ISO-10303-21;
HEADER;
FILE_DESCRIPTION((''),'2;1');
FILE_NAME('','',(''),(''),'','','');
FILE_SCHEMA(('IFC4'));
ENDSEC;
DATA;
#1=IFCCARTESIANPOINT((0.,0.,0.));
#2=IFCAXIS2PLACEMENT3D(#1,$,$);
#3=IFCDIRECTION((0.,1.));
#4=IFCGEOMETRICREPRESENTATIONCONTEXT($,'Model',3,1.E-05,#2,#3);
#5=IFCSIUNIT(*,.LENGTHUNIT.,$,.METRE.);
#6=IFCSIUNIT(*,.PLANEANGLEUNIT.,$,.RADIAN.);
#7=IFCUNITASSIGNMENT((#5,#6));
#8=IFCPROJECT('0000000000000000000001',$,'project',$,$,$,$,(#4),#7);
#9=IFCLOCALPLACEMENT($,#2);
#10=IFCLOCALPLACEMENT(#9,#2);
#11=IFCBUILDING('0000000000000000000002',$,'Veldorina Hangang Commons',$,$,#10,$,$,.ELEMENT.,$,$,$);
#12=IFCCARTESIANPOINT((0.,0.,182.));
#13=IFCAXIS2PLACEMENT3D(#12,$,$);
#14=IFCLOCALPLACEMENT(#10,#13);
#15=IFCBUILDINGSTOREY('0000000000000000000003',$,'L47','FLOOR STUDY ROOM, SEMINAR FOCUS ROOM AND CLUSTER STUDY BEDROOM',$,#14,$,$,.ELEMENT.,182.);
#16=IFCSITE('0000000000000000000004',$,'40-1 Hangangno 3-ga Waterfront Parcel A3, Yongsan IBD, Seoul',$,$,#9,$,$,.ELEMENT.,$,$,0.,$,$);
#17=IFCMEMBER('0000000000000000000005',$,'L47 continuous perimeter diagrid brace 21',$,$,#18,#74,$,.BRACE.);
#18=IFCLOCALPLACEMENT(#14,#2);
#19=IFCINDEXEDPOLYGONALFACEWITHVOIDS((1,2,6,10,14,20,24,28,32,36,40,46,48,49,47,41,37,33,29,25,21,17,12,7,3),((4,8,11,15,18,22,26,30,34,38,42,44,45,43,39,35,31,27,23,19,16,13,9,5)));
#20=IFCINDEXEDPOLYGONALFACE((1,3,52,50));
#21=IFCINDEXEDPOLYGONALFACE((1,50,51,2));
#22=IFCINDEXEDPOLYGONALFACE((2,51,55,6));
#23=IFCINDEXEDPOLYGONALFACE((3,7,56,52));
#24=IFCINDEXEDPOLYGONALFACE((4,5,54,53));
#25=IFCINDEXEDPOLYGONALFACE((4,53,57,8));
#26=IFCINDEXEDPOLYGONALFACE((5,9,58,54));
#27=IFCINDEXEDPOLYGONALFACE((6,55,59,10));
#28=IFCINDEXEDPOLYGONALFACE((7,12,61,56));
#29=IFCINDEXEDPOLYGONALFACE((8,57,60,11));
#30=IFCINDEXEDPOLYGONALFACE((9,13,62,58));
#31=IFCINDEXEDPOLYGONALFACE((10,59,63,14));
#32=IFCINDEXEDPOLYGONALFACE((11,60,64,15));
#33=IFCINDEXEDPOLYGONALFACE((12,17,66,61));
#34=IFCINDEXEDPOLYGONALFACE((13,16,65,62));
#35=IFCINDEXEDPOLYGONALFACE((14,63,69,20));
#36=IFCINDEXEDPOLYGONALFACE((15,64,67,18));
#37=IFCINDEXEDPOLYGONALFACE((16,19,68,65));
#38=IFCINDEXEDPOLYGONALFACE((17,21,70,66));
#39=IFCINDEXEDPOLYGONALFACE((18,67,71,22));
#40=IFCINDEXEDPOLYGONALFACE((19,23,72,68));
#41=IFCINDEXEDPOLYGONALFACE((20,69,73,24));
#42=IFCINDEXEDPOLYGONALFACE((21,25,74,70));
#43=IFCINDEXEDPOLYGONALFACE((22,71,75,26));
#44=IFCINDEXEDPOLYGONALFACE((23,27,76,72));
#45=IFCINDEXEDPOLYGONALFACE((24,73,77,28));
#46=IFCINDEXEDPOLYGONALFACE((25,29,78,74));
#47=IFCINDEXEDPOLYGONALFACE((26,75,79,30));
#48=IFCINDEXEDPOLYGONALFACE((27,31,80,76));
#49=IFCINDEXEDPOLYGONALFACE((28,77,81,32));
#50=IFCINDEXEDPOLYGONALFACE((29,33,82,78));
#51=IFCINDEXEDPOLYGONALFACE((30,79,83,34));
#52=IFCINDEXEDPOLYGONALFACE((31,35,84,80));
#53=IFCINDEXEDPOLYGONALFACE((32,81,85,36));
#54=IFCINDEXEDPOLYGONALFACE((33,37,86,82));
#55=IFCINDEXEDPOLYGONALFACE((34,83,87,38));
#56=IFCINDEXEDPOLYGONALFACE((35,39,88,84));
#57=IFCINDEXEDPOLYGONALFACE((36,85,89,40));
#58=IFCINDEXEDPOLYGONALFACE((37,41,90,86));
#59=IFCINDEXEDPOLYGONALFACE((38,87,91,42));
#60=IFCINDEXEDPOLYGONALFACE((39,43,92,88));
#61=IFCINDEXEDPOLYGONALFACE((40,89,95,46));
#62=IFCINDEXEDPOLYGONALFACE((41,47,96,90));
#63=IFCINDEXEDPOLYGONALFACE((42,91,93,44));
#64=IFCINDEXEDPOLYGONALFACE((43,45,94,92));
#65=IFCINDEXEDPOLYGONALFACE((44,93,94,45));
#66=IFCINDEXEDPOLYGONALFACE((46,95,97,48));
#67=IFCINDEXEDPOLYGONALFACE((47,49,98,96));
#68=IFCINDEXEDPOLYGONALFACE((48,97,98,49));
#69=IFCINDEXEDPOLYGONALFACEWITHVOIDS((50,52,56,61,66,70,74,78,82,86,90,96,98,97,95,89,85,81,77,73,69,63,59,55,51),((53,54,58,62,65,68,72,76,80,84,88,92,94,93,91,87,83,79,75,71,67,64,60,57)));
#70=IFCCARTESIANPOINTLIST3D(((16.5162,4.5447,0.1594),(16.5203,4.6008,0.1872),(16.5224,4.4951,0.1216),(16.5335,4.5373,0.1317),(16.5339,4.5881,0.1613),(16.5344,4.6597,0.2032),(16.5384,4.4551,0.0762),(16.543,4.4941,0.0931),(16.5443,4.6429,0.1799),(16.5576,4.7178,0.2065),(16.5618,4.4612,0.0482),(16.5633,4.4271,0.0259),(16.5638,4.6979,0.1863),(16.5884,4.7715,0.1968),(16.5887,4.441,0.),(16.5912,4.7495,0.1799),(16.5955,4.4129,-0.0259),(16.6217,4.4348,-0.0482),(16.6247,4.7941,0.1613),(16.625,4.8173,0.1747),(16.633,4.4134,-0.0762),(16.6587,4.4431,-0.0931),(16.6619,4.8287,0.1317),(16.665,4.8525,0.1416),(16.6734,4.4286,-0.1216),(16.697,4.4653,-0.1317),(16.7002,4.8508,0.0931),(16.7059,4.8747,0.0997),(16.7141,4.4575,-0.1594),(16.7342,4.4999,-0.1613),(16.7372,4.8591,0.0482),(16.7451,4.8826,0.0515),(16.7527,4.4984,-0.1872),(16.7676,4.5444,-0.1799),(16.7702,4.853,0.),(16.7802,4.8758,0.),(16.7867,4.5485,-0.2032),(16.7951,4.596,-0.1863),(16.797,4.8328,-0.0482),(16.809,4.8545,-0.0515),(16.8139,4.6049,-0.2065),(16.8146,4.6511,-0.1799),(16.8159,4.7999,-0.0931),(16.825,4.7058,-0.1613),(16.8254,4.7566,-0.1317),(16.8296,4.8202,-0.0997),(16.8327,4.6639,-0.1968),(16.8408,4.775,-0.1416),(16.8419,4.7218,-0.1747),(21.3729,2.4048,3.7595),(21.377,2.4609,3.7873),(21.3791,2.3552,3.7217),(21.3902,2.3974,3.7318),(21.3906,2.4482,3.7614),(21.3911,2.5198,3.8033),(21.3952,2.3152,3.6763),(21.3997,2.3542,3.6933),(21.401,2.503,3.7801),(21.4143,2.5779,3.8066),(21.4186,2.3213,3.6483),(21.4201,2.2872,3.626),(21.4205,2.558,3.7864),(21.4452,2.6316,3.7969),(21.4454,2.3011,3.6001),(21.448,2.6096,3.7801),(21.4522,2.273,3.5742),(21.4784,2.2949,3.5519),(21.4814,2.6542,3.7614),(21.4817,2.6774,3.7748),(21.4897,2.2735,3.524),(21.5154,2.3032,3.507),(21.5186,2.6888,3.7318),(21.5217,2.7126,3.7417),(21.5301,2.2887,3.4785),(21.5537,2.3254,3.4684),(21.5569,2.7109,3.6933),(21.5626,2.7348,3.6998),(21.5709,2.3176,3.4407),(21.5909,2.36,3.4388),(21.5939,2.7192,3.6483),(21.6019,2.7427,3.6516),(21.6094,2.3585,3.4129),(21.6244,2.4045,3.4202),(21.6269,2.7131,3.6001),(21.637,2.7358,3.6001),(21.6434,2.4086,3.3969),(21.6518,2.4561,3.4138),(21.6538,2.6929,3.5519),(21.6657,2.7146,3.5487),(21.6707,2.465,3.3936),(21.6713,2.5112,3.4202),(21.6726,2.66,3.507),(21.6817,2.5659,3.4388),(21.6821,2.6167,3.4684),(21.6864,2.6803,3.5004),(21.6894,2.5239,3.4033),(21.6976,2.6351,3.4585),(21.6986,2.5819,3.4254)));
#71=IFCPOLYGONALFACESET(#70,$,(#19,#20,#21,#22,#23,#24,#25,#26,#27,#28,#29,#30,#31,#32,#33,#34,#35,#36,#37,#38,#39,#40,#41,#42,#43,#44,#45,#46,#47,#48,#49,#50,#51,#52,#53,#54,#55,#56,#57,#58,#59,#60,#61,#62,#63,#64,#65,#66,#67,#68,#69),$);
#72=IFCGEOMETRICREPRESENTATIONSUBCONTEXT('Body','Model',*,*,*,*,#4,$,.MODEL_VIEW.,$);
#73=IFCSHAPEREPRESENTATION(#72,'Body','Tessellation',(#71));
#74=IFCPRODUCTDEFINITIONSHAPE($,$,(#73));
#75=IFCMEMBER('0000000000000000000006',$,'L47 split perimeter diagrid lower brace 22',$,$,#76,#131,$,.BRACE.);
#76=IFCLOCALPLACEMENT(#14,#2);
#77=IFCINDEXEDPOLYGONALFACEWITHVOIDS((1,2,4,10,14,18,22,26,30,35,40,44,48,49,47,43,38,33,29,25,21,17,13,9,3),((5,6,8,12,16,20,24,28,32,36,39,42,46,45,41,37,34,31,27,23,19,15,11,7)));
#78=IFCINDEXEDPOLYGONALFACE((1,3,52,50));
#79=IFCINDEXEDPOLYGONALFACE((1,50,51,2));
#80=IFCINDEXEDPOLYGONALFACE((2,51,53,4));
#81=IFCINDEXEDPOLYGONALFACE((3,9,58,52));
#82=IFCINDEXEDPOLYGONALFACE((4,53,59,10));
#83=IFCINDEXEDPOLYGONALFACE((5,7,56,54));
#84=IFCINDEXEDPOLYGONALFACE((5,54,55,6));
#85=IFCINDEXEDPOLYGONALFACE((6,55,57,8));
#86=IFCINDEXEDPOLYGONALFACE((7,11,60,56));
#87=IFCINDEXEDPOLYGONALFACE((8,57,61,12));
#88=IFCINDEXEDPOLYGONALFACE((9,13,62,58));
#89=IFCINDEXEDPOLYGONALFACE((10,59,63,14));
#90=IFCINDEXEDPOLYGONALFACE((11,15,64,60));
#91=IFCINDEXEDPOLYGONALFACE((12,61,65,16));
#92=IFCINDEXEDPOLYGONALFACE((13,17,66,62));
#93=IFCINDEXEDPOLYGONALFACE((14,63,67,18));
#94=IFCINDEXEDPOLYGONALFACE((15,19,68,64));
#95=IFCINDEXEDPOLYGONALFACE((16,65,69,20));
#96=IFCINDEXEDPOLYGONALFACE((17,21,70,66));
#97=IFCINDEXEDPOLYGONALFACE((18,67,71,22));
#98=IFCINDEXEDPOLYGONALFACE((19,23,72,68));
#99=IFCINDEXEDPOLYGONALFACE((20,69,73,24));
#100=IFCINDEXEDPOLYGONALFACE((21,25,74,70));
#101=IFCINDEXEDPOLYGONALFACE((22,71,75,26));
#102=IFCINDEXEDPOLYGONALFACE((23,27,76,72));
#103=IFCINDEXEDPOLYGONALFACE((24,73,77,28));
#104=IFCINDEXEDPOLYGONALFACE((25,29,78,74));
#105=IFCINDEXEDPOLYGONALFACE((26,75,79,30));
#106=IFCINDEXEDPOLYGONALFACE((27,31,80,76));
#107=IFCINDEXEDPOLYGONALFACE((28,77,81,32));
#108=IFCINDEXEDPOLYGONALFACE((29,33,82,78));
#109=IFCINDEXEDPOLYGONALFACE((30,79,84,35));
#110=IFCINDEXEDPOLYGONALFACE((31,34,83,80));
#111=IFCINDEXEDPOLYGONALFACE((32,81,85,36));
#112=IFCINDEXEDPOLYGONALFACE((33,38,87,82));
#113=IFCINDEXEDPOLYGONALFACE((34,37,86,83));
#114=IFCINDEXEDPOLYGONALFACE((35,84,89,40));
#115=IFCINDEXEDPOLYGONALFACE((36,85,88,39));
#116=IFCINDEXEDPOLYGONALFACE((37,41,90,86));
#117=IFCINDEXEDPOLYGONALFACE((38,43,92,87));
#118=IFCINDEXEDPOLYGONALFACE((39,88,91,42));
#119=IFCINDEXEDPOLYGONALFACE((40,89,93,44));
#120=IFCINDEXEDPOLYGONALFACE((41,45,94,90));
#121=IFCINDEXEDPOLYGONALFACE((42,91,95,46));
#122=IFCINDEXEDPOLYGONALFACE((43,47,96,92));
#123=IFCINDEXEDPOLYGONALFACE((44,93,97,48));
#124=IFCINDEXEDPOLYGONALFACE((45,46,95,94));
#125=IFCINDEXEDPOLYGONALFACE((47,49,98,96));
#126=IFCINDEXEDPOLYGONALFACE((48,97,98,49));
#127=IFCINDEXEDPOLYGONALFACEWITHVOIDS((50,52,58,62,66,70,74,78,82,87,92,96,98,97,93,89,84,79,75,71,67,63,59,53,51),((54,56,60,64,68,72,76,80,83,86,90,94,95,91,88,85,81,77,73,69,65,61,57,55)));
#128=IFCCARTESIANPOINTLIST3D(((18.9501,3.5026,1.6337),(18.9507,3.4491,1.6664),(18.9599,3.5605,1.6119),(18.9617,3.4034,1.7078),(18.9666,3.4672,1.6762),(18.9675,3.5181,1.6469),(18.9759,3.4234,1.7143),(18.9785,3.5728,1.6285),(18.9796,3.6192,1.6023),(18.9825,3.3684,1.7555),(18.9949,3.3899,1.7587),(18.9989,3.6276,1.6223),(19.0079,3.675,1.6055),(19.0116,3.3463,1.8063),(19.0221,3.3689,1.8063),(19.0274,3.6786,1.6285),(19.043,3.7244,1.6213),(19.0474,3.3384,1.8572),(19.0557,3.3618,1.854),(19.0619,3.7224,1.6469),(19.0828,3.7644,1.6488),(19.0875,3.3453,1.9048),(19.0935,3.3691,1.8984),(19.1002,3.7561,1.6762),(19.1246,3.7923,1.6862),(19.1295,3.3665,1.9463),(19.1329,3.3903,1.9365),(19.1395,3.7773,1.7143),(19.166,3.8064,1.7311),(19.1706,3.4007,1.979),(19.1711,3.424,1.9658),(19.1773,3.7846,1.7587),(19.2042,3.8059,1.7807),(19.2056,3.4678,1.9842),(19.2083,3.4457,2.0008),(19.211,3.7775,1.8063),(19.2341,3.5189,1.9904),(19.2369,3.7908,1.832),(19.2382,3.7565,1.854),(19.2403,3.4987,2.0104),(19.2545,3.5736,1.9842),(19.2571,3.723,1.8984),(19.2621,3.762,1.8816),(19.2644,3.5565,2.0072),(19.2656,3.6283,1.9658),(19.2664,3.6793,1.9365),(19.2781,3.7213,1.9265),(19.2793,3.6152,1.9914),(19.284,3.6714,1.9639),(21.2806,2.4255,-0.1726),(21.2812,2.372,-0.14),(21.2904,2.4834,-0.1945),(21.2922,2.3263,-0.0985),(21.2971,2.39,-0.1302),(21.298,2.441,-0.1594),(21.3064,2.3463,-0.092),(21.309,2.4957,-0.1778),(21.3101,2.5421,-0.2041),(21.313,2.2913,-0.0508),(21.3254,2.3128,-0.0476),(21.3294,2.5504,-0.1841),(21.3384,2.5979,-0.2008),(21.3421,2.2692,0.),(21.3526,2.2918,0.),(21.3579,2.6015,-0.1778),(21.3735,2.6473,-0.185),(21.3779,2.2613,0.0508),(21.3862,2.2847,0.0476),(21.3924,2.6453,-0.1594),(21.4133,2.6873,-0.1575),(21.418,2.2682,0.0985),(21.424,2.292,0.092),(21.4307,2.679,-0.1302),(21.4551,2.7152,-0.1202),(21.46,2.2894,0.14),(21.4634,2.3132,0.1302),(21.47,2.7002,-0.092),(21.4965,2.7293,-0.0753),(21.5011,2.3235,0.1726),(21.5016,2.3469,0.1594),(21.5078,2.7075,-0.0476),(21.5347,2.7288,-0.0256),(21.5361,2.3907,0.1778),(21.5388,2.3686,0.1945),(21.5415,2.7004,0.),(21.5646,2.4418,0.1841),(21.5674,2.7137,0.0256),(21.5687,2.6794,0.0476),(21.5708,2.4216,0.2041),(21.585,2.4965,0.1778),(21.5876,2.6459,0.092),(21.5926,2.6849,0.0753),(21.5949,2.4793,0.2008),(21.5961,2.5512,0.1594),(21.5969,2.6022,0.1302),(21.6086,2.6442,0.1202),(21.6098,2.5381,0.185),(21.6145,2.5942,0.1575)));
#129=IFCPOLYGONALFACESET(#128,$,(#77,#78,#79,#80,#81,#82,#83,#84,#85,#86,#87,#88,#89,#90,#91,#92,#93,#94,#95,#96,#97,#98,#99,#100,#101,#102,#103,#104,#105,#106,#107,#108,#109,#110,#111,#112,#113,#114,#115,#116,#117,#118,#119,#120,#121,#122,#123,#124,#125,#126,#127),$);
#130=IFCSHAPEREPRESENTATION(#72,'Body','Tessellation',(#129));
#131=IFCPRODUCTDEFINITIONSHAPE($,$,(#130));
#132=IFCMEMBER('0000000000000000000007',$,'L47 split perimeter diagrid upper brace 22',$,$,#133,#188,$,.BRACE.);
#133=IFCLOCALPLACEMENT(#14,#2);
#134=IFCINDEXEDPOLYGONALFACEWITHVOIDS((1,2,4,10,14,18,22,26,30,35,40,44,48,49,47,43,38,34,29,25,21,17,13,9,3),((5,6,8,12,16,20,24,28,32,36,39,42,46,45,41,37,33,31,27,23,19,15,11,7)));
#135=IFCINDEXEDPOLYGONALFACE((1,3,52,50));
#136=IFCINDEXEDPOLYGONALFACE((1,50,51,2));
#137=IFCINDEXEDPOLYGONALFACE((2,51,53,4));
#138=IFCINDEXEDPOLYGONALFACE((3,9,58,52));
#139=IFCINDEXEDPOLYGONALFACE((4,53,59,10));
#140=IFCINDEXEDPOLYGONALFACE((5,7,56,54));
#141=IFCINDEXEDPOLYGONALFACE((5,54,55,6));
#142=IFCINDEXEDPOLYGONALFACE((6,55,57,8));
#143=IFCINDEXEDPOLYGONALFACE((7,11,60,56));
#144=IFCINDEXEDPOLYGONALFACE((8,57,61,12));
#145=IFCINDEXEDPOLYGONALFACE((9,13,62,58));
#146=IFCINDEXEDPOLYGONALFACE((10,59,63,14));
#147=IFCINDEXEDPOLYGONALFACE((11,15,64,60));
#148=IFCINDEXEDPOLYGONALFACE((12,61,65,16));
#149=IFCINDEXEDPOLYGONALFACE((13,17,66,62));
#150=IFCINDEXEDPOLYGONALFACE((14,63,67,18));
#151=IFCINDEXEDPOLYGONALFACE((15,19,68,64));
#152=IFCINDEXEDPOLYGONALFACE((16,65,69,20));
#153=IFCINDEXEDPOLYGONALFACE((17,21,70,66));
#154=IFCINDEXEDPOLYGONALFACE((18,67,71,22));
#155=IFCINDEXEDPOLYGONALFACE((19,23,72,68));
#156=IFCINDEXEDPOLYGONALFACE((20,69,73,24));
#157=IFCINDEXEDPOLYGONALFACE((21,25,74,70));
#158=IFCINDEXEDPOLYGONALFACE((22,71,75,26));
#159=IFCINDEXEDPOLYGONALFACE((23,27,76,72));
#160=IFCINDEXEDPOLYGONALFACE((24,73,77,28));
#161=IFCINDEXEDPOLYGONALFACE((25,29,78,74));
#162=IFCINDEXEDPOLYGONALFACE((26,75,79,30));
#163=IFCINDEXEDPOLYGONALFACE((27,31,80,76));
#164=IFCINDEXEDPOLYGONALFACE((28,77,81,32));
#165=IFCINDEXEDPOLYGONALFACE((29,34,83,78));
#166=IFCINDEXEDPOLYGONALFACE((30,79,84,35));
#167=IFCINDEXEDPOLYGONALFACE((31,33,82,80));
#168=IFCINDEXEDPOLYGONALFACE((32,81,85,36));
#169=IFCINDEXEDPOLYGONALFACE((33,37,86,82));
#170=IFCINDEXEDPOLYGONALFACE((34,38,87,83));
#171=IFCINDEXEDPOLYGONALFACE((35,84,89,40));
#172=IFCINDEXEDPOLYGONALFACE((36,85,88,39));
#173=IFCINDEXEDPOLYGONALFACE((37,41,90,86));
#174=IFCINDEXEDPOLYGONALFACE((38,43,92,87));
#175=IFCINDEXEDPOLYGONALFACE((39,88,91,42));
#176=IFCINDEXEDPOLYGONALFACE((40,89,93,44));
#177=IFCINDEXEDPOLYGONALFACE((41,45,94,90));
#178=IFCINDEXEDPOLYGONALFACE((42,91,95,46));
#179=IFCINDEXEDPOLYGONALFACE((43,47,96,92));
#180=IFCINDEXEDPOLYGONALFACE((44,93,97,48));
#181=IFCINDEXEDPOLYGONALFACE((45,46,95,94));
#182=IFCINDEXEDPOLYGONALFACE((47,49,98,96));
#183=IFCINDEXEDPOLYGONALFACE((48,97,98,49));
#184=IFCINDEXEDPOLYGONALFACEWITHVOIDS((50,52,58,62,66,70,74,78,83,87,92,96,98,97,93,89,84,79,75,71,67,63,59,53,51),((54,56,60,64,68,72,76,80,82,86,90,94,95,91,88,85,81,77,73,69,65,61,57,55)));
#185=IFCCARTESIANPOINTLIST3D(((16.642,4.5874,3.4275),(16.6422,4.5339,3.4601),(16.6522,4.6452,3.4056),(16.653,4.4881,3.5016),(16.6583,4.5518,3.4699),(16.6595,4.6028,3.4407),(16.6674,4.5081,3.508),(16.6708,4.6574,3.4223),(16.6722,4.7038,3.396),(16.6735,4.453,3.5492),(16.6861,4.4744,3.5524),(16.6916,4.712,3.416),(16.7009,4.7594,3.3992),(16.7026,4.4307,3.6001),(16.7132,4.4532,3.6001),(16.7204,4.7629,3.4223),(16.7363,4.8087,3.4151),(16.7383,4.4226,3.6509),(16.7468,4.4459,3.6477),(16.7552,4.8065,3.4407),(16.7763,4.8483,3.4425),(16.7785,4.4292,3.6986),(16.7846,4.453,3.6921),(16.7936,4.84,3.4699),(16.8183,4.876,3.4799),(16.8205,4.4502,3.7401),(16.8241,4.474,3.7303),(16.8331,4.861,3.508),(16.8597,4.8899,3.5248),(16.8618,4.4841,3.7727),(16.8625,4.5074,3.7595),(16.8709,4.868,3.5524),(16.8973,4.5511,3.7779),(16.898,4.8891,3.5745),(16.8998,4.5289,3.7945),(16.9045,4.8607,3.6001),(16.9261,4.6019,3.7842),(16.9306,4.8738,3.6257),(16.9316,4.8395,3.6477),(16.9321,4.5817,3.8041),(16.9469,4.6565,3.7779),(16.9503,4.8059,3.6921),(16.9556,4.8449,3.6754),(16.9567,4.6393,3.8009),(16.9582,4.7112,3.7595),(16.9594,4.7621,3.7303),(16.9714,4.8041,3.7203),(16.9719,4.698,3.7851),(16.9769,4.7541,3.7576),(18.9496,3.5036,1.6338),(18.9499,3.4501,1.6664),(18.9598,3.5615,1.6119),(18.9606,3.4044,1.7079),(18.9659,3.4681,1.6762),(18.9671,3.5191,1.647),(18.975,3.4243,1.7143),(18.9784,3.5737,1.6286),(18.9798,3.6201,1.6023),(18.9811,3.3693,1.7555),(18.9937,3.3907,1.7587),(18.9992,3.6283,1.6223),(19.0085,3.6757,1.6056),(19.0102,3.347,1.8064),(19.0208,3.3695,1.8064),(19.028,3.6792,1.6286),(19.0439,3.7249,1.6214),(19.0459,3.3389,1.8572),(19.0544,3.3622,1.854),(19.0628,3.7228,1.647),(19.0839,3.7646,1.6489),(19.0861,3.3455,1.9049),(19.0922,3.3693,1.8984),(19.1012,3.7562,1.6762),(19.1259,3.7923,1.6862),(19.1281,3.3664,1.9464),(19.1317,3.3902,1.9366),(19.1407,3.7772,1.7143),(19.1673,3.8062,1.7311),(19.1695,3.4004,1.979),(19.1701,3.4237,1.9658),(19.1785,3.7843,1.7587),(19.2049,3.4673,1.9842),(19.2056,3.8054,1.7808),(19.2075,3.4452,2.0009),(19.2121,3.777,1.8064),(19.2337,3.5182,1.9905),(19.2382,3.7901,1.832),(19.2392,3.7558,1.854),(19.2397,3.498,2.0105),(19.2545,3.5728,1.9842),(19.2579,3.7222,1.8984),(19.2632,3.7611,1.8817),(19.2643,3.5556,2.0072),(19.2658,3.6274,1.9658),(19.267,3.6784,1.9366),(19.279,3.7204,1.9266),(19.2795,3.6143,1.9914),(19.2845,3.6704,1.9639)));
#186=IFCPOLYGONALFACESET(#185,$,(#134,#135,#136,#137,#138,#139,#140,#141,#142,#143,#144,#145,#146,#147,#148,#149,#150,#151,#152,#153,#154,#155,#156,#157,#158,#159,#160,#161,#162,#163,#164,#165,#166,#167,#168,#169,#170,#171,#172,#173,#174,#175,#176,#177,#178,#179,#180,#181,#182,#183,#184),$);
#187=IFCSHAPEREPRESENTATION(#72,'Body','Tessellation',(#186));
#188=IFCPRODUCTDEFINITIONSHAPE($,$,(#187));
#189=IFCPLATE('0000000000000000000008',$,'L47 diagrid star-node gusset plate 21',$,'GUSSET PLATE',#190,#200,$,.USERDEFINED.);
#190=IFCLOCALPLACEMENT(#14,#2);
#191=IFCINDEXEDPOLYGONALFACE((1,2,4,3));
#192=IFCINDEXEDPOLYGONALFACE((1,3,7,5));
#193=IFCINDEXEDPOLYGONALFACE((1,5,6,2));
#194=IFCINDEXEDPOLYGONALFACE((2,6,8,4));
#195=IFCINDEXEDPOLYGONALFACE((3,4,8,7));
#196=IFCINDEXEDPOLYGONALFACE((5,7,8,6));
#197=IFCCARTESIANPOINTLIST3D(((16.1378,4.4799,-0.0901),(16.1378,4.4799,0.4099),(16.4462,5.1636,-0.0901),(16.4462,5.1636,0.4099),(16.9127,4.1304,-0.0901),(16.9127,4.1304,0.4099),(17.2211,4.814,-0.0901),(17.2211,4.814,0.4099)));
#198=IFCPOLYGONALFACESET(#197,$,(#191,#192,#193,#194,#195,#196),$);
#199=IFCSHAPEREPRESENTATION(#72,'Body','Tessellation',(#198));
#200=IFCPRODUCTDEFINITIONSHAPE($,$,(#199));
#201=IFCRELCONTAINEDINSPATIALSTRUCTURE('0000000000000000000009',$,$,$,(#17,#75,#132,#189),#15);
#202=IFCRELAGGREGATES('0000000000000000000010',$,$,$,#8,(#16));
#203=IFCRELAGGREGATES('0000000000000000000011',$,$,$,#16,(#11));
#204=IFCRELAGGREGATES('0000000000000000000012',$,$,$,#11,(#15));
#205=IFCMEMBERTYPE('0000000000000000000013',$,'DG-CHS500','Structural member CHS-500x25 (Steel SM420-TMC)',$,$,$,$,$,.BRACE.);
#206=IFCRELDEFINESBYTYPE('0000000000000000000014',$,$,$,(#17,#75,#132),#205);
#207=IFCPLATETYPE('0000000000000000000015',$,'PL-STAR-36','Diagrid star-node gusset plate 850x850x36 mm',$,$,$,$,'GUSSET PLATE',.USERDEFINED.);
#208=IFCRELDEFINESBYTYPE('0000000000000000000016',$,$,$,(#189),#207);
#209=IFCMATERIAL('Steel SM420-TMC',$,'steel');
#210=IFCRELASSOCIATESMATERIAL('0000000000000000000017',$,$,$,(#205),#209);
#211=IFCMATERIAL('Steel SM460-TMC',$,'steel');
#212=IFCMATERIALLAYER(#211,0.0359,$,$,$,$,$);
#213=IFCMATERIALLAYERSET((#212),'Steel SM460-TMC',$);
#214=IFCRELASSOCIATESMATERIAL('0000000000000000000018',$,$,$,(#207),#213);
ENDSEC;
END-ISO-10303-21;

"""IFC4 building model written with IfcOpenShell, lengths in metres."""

from ifc_helpers import new_model, si_unit, direction, frame, origin, origin_2d, place, context, subcontext, project, spatial, rectangle, hollow_circle, extrude, material, layer, layer_set, material_profile, profile_set, type_object, element, save


model = new_model("IFC4")

# Units and contexts
model_context = context("Model", 3, precision=1e-05, world=origin(), true_north=direction((0.0, 1.0)))
body_context = subcontext(model_context, "Body", "Model", "MODEL_VIEW")
ifc_project = project(units=[si_unit("LENGTHUNIT", "METRE"), si_unit("PLANEANGLEUNIT", "RADIAN")], contexts=[model_context])

# Site, building, storey
site_placement = place(None, origin())
site = spatial("IfcSite", under=ifc_project, at=site_placement, Name="40-1 Hangangno 3-ga Waterfront Parcel A3, Yongsan IBD, Seoul", CompositionType="ELEMENT", RefElevation=0.0)
building_placement = place(site_placement, origin())
building = spatial("IfcBuilding", under=site, at=building_placement, Name="Veldorina Hangang Commons", CompositionType="ELEMENT")
storey_placement = place(building_placement, frame((0.0, 0.0, 182.0)))
storey = spatial("IfcBuildingStorey", under=building, at=storey_placement, Name="L47", Description="FLOOR STUDY ROOM, SEMINAR FOCUS ROOM AND CLUSTER STUDY BEDROOM", CompositionType="ELEMENT", Elevation=182.0)

# Shared definitions
ifc_material_1 = material(Name="Steel SM420-TMC", Category="steel")

# Members
ifc_material_profile_1 = material_profile(ifc_material_1, hollow_circle(Radius=0.25, WallThickness=0.0249, at=origin_2d()), Name="CHS-500x25")
ifc_profile_set_1 = profile_set([ifc_material_profile_1], Name="Steel SM420-TMC")
member_type = type_object("IfcMemberType", Name="DG-CHS500", Description="Structural member CHS-500x25 (Steel SM420-TMC)", PredefinedType="BRACE", material=ifc_profile_set_1)
member_1_placement = place(storey_placement, frame((16.6794, 4.647, 0.0), z_axis=(0.757313, -0.333678, 0.56137), x_axis=(0.403204, 0.91511, 0.0)))
element("IfcMember", 1, at=member_1_placement, inside=storey, type_object=member_type, Name="L47 continuous perimeter diagrid brace 21", PredefinedType="BRACE", context=body_context, shape_type="SweptSolid", body=[
    extrude(hollow_circle(Radius=0.25, WallThickness=0.0249, at=origin_2d()), origin(), (0.0, 0.0, 1.0), 6.4131),
])
member_2_placement = place(storey_placement, frame((21.447, 2.4961, 0.0), z_axis=(-0.742397, 0.343123, 0.575424), x_axis=(-0.419541, -0.907737, 0.0)))
element("IfcMember", 2, at=member_2_placement, inside=storey, type_object=member_type, Name="L47 split perimeter diagrid lower brace 22", PredefinedType="BRACE", context=body_context, shape_type="SweptSolid", body=[
    extrude(hollow_circle(Radius=0.25, WallThickness=0.0249, at=origin_2d()), origin(), (0.0, 0.0, 1.0), 3.1392),
])
member_3_placement = place(storey_placement, frame((19.1165, 3.5732, 1.8064), z_axis=(-0.740285, 0.347664, 0.57542), x_axis=(-0.425091, -0.90515, 0.0)))
element("IfcMember", 3, at=member_3_placement, inside=storey, type_object=member_type, Name="L47 split perimeter diagrid upper brace 22", PredefinedType="BRACE", context=body_context, shape_type="SweptSolid", body=[
    extrude(hollow_circle(Radius=0.25, WallThickness=0.0249, at=origin_2d()), origin(), (0.0, 0.0, 1.0), 3.1172),
])

# Plate
ifc_material_2 = material(Name="Steel SM460-TMC", Category="steel")
ifc_layer_1 = layer(ifc_material_2, 0.0359)
ifc_layer_set_1 = layer_set([ifc_layer_1], Name="Steel SM460-TMC")
plate_type = type_object("IfcPlateType", Name="PL-STAR-36", Description="Diagrid star-node gusset plate 850x850x36 mm", ElementType="GUSSET PLATE", PredefinedType="USERDEFINED", material=ifc_layer_set_1)
plate_1_placement = place(storey_placement, frame((16.6794, 4.647, -0.0901), z_axis=(0.0, 0.0, 1.0), x_axis=(0.911525, -0.411244, 0.0)))
element("IfcPlate", 4, at=plate_1_placement, inside=storey, type_object=plate_type, Name="L47 diagrid star-node gusset plate 21", ObjectType="GUSSET PLATE", PredefinedType="USERDEFINED", context=body_context, shape_type="SweptSolid", body=[
    extrude(rectangle(XDim=0.8501, YDim=0.75, at=origin_2d()), origin(), (0.0, 0.0, 1.0), 0.5),
])

save(model, "model.ifc")
